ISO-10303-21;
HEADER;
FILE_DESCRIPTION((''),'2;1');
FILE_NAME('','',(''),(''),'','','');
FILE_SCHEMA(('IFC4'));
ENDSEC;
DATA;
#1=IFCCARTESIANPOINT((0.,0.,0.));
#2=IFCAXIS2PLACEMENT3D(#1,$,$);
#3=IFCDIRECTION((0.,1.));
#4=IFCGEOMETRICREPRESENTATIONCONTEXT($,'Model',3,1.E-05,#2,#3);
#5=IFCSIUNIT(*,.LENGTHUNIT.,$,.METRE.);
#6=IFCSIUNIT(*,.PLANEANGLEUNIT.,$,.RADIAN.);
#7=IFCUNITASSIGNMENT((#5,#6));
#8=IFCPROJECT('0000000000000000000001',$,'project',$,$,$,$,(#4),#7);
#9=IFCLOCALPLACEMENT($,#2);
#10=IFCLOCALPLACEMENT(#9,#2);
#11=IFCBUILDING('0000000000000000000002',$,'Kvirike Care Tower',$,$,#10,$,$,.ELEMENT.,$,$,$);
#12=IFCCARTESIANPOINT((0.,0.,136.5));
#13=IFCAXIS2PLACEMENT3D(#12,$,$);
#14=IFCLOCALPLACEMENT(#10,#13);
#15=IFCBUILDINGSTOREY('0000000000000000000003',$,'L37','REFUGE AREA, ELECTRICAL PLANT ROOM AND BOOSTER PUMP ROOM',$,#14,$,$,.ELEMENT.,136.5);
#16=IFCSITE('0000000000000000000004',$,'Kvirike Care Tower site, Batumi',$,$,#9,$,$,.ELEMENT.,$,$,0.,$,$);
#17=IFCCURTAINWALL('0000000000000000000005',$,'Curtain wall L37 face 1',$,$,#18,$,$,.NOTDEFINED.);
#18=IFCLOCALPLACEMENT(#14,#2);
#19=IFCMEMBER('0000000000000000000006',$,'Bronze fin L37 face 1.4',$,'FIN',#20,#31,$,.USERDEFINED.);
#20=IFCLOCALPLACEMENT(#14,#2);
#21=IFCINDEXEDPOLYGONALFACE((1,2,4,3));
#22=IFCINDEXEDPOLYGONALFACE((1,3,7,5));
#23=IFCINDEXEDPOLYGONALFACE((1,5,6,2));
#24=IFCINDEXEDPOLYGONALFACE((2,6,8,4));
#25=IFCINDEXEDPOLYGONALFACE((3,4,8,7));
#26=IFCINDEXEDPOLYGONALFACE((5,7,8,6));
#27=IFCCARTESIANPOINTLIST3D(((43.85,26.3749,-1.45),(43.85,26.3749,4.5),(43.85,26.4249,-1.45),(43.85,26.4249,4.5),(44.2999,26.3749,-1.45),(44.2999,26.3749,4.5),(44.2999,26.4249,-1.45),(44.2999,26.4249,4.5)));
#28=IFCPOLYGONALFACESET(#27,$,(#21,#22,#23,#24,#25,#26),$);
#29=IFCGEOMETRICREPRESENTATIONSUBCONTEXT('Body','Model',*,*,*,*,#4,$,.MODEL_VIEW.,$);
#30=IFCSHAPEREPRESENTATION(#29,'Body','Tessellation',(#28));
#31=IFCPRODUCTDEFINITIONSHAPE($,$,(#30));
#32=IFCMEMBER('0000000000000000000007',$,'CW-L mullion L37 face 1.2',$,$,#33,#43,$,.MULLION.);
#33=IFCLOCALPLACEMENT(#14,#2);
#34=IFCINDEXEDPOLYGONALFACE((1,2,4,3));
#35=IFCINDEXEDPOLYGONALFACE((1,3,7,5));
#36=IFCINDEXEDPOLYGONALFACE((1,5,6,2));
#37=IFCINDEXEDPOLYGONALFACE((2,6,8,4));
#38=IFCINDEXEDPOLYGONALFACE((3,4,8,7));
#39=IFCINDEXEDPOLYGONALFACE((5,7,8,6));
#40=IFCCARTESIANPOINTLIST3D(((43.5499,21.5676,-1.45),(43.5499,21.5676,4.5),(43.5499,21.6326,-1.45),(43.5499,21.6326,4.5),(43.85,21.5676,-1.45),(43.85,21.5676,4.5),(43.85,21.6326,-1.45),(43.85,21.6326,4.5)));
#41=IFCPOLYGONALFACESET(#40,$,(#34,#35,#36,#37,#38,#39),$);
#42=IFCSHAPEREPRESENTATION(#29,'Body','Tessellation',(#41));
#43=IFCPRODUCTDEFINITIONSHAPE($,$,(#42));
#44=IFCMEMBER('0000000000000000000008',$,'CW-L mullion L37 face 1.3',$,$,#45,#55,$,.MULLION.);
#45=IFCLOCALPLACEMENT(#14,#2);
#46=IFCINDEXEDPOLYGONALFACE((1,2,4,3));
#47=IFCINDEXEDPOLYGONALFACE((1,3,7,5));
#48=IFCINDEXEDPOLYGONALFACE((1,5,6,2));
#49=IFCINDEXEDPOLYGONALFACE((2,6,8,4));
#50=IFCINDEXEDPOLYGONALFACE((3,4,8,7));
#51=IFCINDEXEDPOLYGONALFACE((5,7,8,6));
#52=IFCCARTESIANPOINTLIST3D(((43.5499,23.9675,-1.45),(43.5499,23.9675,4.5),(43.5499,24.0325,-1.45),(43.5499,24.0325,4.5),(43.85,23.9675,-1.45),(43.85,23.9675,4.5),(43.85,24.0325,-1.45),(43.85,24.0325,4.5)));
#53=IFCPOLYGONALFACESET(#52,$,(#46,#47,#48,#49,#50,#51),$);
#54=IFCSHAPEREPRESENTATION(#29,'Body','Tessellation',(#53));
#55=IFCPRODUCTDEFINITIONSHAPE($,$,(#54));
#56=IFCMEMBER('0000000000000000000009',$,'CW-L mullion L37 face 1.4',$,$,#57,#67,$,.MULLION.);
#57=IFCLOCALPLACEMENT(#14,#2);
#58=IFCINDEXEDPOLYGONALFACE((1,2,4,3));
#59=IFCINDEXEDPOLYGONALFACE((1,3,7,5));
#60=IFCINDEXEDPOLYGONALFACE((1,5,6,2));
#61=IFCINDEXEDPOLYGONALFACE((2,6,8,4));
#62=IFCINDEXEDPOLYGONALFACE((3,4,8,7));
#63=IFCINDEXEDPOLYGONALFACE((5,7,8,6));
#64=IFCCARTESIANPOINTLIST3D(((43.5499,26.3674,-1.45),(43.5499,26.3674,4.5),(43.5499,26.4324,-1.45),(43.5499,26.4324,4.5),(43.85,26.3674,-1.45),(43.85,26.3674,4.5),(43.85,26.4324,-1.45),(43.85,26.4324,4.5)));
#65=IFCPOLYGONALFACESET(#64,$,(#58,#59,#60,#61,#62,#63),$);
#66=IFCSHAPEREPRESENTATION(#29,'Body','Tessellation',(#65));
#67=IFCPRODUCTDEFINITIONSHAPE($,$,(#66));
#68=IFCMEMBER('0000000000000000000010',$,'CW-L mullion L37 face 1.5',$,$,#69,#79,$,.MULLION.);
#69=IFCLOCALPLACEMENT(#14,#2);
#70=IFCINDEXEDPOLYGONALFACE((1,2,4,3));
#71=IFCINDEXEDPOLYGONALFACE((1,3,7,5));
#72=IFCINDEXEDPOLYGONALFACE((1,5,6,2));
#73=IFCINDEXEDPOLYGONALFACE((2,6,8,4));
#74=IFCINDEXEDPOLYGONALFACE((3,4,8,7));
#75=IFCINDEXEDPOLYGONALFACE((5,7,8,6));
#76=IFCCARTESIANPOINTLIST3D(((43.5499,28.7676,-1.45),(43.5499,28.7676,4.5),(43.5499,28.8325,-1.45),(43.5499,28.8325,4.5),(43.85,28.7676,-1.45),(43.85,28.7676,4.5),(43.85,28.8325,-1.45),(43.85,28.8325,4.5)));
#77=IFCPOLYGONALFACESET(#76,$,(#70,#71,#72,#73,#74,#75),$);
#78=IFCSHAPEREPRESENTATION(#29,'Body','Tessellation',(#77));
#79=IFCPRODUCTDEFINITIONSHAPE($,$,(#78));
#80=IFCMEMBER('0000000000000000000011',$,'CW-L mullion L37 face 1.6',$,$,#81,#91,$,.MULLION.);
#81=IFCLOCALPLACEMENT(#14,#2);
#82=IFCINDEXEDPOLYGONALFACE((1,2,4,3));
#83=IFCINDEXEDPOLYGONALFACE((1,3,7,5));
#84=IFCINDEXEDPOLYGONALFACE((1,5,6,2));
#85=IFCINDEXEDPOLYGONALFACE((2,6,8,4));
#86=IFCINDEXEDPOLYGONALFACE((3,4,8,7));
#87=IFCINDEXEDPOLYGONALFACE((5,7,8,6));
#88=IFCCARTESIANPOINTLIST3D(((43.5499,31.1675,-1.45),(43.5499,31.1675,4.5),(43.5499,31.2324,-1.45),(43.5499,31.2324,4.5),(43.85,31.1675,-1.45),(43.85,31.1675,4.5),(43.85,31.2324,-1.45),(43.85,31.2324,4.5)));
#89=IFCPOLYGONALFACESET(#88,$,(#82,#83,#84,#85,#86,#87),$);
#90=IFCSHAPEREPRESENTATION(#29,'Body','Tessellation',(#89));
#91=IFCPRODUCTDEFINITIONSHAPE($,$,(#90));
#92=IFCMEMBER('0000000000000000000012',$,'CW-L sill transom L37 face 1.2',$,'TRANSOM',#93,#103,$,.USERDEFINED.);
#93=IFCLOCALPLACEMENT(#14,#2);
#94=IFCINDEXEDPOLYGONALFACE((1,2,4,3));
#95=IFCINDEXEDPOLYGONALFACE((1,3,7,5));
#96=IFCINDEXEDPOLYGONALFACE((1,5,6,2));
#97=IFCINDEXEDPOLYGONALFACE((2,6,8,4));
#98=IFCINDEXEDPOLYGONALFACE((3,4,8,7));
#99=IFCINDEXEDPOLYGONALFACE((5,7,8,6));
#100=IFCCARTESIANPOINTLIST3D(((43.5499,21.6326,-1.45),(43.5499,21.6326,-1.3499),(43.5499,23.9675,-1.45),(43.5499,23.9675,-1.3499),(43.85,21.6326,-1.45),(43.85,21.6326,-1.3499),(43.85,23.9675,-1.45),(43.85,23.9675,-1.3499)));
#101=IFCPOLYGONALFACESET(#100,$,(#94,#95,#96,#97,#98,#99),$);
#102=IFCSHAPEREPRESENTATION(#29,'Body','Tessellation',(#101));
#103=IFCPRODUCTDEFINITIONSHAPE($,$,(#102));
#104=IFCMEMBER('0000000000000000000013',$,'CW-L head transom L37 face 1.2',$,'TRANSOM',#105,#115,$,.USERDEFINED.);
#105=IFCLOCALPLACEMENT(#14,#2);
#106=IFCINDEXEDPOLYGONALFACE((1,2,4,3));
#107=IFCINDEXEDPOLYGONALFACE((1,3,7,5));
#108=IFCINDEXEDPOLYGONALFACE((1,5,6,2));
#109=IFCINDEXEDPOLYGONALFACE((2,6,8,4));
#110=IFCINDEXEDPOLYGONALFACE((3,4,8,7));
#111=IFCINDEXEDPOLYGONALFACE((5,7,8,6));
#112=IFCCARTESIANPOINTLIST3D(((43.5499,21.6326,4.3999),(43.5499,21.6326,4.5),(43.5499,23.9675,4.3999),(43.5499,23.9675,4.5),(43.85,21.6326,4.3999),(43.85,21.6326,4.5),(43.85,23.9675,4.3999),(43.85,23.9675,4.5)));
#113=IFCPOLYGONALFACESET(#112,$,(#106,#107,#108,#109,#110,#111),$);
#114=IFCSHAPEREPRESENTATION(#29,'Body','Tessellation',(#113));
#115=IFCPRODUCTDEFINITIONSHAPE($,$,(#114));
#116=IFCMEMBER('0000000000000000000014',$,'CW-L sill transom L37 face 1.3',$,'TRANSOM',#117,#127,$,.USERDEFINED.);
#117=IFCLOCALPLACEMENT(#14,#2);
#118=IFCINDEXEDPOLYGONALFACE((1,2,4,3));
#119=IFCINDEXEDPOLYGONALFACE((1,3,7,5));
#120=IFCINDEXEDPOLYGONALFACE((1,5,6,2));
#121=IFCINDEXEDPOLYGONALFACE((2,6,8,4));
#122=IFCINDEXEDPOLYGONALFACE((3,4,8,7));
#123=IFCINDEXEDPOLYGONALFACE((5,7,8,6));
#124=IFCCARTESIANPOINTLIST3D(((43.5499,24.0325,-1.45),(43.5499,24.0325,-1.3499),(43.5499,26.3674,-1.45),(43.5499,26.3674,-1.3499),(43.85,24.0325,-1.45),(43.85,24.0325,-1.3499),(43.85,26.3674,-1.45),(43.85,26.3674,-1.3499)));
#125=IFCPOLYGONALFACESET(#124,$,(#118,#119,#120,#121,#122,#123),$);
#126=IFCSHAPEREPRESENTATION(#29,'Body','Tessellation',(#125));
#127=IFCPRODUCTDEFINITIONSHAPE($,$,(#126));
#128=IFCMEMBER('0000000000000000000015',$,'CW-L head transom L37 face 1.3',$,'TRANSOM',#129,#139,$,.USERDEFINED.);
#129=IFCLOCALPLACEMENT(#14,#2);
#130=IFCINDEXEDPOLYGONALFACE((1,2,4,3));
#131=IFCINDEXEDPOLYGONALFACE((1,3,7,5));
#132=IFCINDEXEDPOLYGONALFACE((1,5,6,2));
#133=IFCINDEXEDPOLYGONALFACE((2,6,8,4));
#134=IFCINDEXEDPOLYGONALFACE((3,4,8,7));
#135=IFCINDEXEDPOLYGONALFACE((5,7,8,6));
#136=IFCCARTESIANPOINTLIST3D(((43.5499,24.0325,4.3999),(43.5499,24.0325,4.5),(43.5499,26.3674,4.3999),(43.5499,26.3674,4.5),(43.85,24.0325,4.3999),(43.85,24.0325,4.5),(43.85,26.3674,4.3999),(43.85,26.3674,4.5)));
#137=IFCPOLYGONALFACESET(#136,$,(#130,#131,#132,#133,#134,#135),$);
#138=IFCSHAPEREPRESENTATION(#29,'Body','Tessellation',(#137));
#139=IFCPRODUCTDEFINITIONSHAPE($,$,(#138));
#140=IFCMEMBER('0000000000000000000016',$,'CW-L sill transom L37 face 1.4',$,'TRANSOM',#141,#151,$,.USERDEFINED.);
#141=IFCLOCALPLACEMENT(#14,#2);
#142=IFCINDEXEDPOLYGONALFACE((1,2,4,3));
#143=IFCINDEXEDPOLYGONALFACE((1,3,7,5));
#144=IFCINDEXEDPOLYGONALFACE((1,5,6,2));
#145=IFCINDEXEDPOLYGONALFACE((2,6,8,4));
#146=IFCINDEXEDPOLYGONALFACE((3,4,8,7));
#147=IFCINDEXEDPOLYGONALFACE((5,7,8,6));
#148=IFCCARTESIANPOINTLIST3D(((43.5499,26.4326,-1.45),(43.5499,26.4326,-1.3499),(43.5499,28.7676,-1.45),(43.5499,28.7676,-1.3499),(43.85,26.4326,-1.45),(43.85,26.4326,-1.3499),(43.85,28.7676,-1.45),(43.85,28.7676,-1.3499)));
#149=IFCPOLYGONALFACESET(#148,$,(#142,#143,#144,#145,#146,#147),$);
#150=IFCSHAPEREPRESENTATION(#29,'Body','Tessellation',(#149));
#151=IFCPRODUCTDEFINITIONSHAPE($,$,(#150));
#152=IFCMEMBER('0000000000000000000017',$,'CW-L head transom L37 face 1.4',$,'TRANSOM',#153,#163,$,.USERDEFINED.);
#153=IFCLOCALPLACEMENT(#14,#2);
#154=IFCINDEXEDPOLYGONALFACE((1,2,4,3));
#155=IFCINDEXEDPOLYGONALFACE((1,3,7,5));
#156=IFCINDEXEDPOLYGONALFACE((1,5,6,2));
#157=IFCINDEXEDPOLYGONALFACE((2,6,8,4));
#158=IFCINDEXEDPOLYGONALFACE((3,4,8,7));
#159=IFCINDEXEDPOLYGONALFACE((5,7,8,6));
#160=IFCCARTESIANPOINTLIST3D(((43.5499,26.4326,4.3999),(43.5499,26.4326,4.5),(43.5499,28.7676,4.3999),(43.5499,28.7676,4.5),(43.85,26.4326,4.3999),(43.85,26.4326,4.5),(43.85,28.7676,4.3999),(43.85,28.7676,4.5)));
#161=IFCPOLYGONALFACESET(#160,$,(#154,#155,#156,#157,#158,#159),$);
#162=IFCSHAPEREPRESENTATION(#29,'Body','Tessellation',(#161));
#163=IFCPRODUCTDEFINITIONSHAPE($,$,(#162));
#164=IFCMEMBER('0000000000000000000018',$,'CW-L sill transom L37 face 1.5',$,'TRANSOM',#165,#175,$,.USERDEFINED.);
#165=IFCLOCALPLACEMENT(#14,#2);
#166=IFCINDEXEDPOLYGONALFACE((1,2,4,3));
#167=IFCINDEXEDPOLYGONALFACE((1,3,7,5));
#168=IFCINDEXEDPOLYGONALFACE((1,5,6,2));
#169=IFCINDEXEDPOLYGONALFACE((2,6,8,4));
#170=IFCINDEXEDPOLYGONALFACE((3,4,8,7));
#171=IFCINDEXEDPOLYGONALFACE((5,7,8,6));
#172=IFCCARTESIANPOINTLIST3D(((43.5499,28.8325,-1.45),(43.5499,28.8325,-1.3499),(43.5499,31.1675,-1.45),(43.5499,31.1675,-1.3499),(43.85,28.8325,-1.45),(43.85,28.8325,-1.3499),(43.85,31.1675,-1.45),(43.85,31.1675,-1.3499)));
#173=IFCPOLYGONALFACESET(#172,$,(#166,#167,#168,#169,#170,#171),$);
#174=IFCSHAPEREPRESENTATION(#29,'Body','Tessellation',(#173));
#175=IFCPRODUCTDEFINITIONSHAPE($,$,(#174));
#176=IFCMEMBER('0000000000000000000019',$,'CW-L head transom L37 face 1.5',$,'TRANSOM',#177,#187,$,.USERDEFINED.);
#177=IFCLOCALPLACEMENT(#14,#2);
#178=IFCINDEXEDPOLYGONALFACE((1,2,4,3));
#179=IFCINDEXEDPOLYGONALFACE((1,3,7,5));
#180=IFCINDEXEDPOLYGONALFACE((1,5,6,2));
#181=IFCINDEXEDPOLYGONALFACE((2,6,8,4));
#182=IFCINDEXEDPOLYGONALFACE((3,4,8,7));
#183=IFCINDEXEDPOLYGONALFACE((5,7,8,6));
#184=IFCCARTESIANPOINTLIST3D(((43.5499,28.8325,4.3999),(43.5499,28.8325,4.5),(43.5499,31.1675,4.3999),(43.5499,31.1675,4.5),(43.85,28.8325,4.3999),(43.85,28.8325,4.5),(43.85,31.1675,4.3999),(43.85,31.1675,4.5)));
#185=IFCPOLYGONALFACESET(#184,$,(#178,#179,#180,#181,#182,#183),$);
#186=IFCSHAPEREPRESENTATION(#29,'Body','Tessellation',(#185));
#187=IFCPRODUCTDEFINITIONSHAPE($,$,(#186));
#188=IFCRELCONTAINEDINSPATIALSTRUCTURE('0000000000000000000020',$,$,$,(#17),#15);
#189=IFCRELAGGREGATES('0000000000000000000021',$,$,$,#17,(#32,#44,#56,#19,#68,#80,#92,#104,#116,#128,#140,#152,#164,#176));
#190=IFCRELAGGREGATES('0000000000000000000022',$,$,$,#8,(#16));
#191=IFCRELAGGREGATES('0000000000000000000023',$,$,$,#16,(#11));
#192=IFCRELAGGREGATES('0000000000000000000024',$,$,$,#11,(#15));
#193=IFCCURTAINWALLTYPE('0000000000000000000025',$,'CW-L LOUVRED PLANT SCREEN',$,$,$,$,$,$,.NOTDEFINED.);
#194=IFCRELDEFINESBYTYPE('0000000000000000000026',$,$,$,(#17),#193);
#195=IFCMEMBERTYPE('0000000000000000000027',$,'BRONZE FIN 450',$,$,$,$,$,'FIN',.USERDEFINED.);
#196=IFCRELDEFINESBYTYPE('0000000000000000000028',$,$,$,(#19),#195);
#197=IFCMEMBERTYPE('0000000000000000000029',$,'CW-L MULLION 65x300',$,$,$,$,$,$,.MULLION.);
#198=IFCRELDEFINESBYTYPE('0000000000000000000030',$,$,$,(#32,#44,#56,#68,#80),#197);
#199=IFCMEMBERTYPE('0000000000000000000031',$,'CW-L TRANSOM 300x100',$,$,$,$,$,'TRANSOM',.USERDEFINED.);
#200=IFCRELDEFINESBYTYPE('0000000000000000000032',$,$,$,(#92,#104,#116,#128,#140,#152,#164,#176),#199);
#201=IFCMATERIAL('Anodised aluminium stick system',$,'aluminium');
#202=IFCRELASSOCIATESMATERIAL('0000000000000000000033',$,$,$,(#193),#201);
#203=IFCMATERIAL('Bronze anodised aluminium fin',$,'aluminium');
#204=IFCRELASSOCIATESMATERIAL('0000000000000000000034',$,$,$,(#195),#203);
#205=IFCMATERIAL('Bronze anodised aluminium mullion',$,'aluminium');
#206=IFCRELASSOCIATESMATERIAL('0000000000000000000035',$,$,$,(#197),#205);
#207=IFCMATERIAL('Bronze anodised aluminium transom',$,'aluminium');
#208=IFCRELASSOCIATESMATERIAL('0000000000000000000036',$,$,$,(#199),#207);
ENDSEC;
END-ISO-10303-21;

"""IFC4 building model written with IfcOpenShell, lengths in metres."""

from ifc_helpers import new_model, si_unit, direction, frame, origin, origin_2d, place, context, subcontext, project, spatial, rectangle, extrude, material, material_profile, profile_set, type_object, element, aggregate, save


model = new_model("IFC4")

# Units and contexts
model_context = context("Model", 3, precision=1e-05, world=origin(), true_north=direction((0.0, 1.0)))
body_context = subcontext(model_context, "Body", "Model", "MODEL_VIEW")
ifc_project = project(units=[si_unit("LENGTHUNIT", "METRE"), si_unit("PLANEANGLEUNIT", "RADIAN")], contexts=[model_context])

# Site, building, storey
site_placement = place(None, origin())
site = spatial("IfcSite", under=ifc_project, at=site_placement, Name="Kvirike Care Tower site, Batumi", CompositionType="ELEMENT", RefElevation=0.0)
building_placement = place(site_placement, origin())
building = spatial("IfcBuilding", under=site, at=building_placement, Name="Kvirike Care Tower", CompositionType="ELEMENT")
storey_placement = place(building_placement, frame((0.0, 0.0, 136.5)))
storey = spatial("IfcBuildingStorey", under=building, at=storey_placement, Name="L37", Description="REFUGE AREA, ELECTRICAL PLANT ROOM AND BOOSTER PUMP ROOM", CompositionType="ELEMENT", Elevation=136.5)

# Curtain wall, members
ifc_material_1 = material(Name="Anodised aluminium stick system", Category="aluminium")
curtain_wall_type = type_object("IfcCurtainWallType", Name="CW-L LOUVRED PLANT SCREEN", PredefinedType="NOTDEFINED", material=ifc_material_1)
curtain_wall_placement = place(storey_placement, origin())
curtain_wall = element("IfcCurtainWall", 1, at=curtain_wall_placement, inside=storey, type_object=curtain_wall_type, Name="Curtain wall L37 face 1", PredefinedType="NOTDEFINED")
ifc_material_2 = material(Name="Bronze anodised aluminium fin", Category="aluminium")
ifc_material_profile_1 = material_profile(ifc_material_2, rectangle(XDim=0.05, YDim=0.45, at=origin_2d()), Name="BRONZE FIN 450")
ifc_profile_set_1 = profile_set([ifc_material_profile_1], Name="Bronze anodised aluminium fin")
member_type_1 = type_object("IfcMemberType", Name="BRONZE FIN 450", ElementType="FIN", PredefinedType="USERDEFINED", material=ifc_profile_set_1)
member_1_placement = place(storey_placement, frame((44.075, 26.3999, -1.45), z_axis=(0.0, 0.0, 1.0), x_axis=(0.0, 1.0, 0.0)))
member_1 = element("IfcMember", 2, at=member_1_placement, type_object=member_type_1, Name="Bronze fin L37 face 1.4", ObjectType="FIN", PredefinedType="USERDEFINED", context=body_context, shape_type="SweptSolid", body=[
    extrude(rectangle(XDim=0.05, YDim=0.45, at=origin_2d()), origin(), (0.0, 0.0, 1.0), 5.95),
])
ifc_material_3 = material(Name="Bronze anodised aluminium mullion", Category="aluminium")
ifc_material_profile_2 = material_profile(ifc_material_3, rectangle(XDim=0.0649, YDim=0.3, at=origin_2d()), Name="CW-L MULLION 65x300")
ifc_profile_set_2 = profile_set([ifc_material_profile_2], Name="Bronze anodised aluminium mullion")
member_type_2 = type_object("IfcMemberType", Name="CW-L MULLION 65x300", PredefinedType="MULLION", material=ifc_profile_set_2)
member_2_placement = place(storey_placement, frame((43.7, 21.6001, -1.45), z_axis=(0.0, 0.0, 1.0), x_axis=(0.0, 1.0, 0.0)))
member_2 = element("IfcMember", 3, at=member_2_placement, type_object=member_type_2, Name="CW-L mullion L37 face 1.2", PredefinedType="MULLION", context=body_context, shape_type="SweptSolid", body=[
    extrude(rectangle(XDim=0.0649, YDim=0.3, at=origin_2d()), origin(), (0.0, 0.0, 1.0), 5.95),
])
member_3_placement = place(storey_placement, frame((43.7, 24.0, -1.45), z_axis=(0.0, 0.0, 1.0), x_axis=(0.0, 1.0, 0.0)))
member_3 = element("IfcMember", 4, at=member_3_placement, type_object=member_type_2, Name="CW-L mullion L37 face 1.3", PredefinedType="MULLION", context=body_context, shape_type="SweptSolid", body=[
    extrude(rectangle(XDim=0.0649, YDim=0.3, at=origin_2d()), origin(), (0.0, 0.0, 1.0), 5.95),
])
member_4_placement = place(storey_placement, frame((43.7, 26.3999, -1.45), z_axis=(0.0, 0.0, 1.0), x_axis=(0.0, 1.0, 0.0)))
member_4 = element("IfcMember", 5, at=member_4_placement, type_object=member_type_2, Name="CW-L mullion L37 face 1.4", PredefinedType="MULLION", context=body_context, shape_type="SweptSolid", body=[
    extrude(rectangle(XDim=0.0649, YDim=0.3, at=origin_2d()), origin(), (0.0, 0.0, 1.0), 5.95),
])
member_5_placement = place(storey_placement, frame((43.7, 28.8, -1.45), z_axis=(0.0, 0.0, 1.0), x_axis=(0.0, 1.0, 0.0)))
member_5 = element("IfcMember", 6, at=member_5_placement, type_object=member_type_2, Name="CW-L mullion L37 face 1.5", PredefinedType="MULLION", context=body_context, shape_type="SweptSolid", body=[
    extrude(rectangle(XDim=0.0649, YDim=0.3, at=origin_2d()), origin(), (0.0, 0.0, 1.0), 5.95),
])
member_6_placement = place(storey_placement, frame((43.7, 31.2, -1.45), z_axis=(0.0, 0.0, 1.0), x_axis=(0.0, 1.0, 0.0)))
member_6 = element("IfcMember", 7, at=member_6_placement, type_object=member_type_2, Name="CW-L mullion L37 face 1.6", PredefinedType="MULLION", context=body_context, shape_type="SweptSolid", body=[
    extrude(rectangle(XDim=0.0649, YDim=0.3, at=origin_2d()), origin(), (0.0, 0.0, 1.0), 5.95),
])
ifc_material_4 = material(Name="Bronze anodised aluminium transom", Category="aluminium")
ifc_material_profile_3 = material_profile(ifc_material_4, rectangle(XDim=0.3, YDim=0.1001, at=origin_2d()), Name="CW-L TRANSOM 300x100")
ifc_profile_set_3 = profile_set([ifc_material_profile_3], Name="Bronze anodised aluminium transom")
member_type_3 = type_object("IfcMemberType", Name="CW-L TRANSOM 300x100", ElementType="TRANSOM", PredefinedType="USERDEFINED", material=ifc_profile_set_3)
member_7_placement = place(storey_placement, frame((43.7, 21.6326, -1.3999), z_axis=(0.0, 1.0, 0.0), x_axis=(-1.0, 0.0, 0.0)))
member_7 = element("IfcMember", 8, at=member_7_placement, type_object=member_type_3, Name="CW-L sill transom L37 face 1.2", ObjectType="TRANSOM", PredefinedType="USERDEFINED", context=body_context, shape_type="SweptSolid", body=[
    extrude(rectangle(XDim=0.3, YDim=0.1001, at=origin_2d()), origin(), (0.0, 0.0, 1.0), 2.335),
])
member_8_placement = place(storey_placement, frame((43.7, 21.6326, 4.45), z_axis=(0.0, 1.0, 0.0), x_axis=(-1.0, 0.0, 0.0)))
member_8 = element("IfcMember", 9, at=member_8_placement, type_object=member_type_3, Name="CW-L head transom L37 face 1.2", ObjectType="TRANSOM", PredefinedType="USERDEFINED", context=body_context, shape_type="SweptSolid", body=[
    extrude(rectangle(XDim=0.3, YDim=0.1001, at=origin_2d()), origin(), (0.0, 0.0, 1.0), 2.335),
])
member_9_placement = place(storey_placement, frame((43.7, 24.0325, -1.3999), z_axis=(0.0, 1.0, 0.0), x_axis=(-1.0, 0.0, 0.0)))
member_9 = element("IfcMember", 10, at=member_9_placement, type_object=member_type_3, Name="CW-L sill transom L37 face 1.3", ObjectType="TRANSOM", PredefinedType="USERDEFINED", context=body_context, shape_type="SweptSolid", body=[
    extrude(rectangle(XDim=0.3, YDim=0.1001, at=origin_2d()), origin(), (0.0, 0.0, 1.0), 2.335),
])
member_10_placement = place(storey_placement, frame((43.7, 24.0325, 4.45), z_axis=(0.0, 1.0, 0.0), x_axis=(-1.0, 0.0, 0.0)))
member_10 = element("IfcMember", 11, at=member_10_placement, type_object=member_type_3, Name="CW-L head transom L37 face 1.3", ObjectType="TRANSOM", PredefinedType="USERDEFINED", context=body_context, shape_type="SweptSolid", body=[
    extrude(rectangle(XDim=0.3, YDim=0.1001, at=origin_2d()), origin(), (0.0, 0.0, 1.0), 2.335),
])
member_11_placement = place(storey_placement, frame((43.7, 26.4326, -1.3999), z_axis=(0.0, 1.0, 0.0), x_axis=(-1.0, 0.0, 0.0)))
member_11 = element("IfcMember", 12, at=member_11_placement, type_object=member_type_3, Name="CW-L sill transom L37 face 1.4", ObjectType="TRANSOM", PredefinedType="USERDEFINED", context=body_context, shape_type="SweptSolid", body=[
    extrude(rectangle(XDim=0.3, YDim=0.1001, at=origin_2d()), origin(), (0.0, 0.0, 1.0), 2.335),
])
member_12_placement = place(storey_placement, frame((43.7, 26.4326, 4.45), z_axis=(0.0, 1.0, 0.0), x_axis=(-1.0, 0.0, 0.0)))
member_12 = element("IfcMember", 13, at=member_12_placement, type_object=member_type_3, Name="CW-L head transom L37 face 1.4", ObjectType="TRANSOM", PredefinedType="USERDEFINED", context=body_context, shape_type="SweptSolid", body=[
    extrude(rectangle(XDim=0.3, YDim=0.1001, at=origin_2d()), origin(), (0.0, 0.0, 1.0), 2.335),
])
member_13_placement = place(storey_placement, frame((43.7, 28.8325, -1.3999), z_axis=(0.0, 1.0, 0.0), x_axis=(-1.0, 0.0, 0.0)))
member_13 = element("IfcMember", 14, at=member_13_placement, type_object=member_type_3, Name="CW-L sill transom L37 face 1.5", ObjectType="TRANSOM", PredefinedType="USERDEFINED", context=body_context, shape_type="SweptSolid", body=[
    extrude(rectangle(XDim=0.3, YDim=0.1001, at=origin_2d()), origin(), (0.0, 0.0, 1.0), 2.335),
])
member_14_placement = place(storey_placement, frame((43.7, 28.8325, 4.45), z_axis=(0.0, 1.0, 0.0), x_axis=(-1.0, 0.0, 0.0)))
member_14 = element("IfcMember", 15, at=member_14_placement, type_object=member_type_3, Name="CW-L head transom L37 face 1.5", ObjectType="TRANSOM", PredefinedType="USERDEFINED", context=body_context, shape_type="SweptSolid", body=[
    extrude(rectangle(XDim=0.3, YDim=0.1001, at=origin_2d()), origin(), (0.0, 0.0, 1.0), 2.335),
])

aggregate(curtain_wall, [member_2, member_3, member_4, member_1, member_5, member_6, member_7, member_8, member_9, member_10, member_11, member_12, member_13, member_14])

save(model, "model.ifc")
